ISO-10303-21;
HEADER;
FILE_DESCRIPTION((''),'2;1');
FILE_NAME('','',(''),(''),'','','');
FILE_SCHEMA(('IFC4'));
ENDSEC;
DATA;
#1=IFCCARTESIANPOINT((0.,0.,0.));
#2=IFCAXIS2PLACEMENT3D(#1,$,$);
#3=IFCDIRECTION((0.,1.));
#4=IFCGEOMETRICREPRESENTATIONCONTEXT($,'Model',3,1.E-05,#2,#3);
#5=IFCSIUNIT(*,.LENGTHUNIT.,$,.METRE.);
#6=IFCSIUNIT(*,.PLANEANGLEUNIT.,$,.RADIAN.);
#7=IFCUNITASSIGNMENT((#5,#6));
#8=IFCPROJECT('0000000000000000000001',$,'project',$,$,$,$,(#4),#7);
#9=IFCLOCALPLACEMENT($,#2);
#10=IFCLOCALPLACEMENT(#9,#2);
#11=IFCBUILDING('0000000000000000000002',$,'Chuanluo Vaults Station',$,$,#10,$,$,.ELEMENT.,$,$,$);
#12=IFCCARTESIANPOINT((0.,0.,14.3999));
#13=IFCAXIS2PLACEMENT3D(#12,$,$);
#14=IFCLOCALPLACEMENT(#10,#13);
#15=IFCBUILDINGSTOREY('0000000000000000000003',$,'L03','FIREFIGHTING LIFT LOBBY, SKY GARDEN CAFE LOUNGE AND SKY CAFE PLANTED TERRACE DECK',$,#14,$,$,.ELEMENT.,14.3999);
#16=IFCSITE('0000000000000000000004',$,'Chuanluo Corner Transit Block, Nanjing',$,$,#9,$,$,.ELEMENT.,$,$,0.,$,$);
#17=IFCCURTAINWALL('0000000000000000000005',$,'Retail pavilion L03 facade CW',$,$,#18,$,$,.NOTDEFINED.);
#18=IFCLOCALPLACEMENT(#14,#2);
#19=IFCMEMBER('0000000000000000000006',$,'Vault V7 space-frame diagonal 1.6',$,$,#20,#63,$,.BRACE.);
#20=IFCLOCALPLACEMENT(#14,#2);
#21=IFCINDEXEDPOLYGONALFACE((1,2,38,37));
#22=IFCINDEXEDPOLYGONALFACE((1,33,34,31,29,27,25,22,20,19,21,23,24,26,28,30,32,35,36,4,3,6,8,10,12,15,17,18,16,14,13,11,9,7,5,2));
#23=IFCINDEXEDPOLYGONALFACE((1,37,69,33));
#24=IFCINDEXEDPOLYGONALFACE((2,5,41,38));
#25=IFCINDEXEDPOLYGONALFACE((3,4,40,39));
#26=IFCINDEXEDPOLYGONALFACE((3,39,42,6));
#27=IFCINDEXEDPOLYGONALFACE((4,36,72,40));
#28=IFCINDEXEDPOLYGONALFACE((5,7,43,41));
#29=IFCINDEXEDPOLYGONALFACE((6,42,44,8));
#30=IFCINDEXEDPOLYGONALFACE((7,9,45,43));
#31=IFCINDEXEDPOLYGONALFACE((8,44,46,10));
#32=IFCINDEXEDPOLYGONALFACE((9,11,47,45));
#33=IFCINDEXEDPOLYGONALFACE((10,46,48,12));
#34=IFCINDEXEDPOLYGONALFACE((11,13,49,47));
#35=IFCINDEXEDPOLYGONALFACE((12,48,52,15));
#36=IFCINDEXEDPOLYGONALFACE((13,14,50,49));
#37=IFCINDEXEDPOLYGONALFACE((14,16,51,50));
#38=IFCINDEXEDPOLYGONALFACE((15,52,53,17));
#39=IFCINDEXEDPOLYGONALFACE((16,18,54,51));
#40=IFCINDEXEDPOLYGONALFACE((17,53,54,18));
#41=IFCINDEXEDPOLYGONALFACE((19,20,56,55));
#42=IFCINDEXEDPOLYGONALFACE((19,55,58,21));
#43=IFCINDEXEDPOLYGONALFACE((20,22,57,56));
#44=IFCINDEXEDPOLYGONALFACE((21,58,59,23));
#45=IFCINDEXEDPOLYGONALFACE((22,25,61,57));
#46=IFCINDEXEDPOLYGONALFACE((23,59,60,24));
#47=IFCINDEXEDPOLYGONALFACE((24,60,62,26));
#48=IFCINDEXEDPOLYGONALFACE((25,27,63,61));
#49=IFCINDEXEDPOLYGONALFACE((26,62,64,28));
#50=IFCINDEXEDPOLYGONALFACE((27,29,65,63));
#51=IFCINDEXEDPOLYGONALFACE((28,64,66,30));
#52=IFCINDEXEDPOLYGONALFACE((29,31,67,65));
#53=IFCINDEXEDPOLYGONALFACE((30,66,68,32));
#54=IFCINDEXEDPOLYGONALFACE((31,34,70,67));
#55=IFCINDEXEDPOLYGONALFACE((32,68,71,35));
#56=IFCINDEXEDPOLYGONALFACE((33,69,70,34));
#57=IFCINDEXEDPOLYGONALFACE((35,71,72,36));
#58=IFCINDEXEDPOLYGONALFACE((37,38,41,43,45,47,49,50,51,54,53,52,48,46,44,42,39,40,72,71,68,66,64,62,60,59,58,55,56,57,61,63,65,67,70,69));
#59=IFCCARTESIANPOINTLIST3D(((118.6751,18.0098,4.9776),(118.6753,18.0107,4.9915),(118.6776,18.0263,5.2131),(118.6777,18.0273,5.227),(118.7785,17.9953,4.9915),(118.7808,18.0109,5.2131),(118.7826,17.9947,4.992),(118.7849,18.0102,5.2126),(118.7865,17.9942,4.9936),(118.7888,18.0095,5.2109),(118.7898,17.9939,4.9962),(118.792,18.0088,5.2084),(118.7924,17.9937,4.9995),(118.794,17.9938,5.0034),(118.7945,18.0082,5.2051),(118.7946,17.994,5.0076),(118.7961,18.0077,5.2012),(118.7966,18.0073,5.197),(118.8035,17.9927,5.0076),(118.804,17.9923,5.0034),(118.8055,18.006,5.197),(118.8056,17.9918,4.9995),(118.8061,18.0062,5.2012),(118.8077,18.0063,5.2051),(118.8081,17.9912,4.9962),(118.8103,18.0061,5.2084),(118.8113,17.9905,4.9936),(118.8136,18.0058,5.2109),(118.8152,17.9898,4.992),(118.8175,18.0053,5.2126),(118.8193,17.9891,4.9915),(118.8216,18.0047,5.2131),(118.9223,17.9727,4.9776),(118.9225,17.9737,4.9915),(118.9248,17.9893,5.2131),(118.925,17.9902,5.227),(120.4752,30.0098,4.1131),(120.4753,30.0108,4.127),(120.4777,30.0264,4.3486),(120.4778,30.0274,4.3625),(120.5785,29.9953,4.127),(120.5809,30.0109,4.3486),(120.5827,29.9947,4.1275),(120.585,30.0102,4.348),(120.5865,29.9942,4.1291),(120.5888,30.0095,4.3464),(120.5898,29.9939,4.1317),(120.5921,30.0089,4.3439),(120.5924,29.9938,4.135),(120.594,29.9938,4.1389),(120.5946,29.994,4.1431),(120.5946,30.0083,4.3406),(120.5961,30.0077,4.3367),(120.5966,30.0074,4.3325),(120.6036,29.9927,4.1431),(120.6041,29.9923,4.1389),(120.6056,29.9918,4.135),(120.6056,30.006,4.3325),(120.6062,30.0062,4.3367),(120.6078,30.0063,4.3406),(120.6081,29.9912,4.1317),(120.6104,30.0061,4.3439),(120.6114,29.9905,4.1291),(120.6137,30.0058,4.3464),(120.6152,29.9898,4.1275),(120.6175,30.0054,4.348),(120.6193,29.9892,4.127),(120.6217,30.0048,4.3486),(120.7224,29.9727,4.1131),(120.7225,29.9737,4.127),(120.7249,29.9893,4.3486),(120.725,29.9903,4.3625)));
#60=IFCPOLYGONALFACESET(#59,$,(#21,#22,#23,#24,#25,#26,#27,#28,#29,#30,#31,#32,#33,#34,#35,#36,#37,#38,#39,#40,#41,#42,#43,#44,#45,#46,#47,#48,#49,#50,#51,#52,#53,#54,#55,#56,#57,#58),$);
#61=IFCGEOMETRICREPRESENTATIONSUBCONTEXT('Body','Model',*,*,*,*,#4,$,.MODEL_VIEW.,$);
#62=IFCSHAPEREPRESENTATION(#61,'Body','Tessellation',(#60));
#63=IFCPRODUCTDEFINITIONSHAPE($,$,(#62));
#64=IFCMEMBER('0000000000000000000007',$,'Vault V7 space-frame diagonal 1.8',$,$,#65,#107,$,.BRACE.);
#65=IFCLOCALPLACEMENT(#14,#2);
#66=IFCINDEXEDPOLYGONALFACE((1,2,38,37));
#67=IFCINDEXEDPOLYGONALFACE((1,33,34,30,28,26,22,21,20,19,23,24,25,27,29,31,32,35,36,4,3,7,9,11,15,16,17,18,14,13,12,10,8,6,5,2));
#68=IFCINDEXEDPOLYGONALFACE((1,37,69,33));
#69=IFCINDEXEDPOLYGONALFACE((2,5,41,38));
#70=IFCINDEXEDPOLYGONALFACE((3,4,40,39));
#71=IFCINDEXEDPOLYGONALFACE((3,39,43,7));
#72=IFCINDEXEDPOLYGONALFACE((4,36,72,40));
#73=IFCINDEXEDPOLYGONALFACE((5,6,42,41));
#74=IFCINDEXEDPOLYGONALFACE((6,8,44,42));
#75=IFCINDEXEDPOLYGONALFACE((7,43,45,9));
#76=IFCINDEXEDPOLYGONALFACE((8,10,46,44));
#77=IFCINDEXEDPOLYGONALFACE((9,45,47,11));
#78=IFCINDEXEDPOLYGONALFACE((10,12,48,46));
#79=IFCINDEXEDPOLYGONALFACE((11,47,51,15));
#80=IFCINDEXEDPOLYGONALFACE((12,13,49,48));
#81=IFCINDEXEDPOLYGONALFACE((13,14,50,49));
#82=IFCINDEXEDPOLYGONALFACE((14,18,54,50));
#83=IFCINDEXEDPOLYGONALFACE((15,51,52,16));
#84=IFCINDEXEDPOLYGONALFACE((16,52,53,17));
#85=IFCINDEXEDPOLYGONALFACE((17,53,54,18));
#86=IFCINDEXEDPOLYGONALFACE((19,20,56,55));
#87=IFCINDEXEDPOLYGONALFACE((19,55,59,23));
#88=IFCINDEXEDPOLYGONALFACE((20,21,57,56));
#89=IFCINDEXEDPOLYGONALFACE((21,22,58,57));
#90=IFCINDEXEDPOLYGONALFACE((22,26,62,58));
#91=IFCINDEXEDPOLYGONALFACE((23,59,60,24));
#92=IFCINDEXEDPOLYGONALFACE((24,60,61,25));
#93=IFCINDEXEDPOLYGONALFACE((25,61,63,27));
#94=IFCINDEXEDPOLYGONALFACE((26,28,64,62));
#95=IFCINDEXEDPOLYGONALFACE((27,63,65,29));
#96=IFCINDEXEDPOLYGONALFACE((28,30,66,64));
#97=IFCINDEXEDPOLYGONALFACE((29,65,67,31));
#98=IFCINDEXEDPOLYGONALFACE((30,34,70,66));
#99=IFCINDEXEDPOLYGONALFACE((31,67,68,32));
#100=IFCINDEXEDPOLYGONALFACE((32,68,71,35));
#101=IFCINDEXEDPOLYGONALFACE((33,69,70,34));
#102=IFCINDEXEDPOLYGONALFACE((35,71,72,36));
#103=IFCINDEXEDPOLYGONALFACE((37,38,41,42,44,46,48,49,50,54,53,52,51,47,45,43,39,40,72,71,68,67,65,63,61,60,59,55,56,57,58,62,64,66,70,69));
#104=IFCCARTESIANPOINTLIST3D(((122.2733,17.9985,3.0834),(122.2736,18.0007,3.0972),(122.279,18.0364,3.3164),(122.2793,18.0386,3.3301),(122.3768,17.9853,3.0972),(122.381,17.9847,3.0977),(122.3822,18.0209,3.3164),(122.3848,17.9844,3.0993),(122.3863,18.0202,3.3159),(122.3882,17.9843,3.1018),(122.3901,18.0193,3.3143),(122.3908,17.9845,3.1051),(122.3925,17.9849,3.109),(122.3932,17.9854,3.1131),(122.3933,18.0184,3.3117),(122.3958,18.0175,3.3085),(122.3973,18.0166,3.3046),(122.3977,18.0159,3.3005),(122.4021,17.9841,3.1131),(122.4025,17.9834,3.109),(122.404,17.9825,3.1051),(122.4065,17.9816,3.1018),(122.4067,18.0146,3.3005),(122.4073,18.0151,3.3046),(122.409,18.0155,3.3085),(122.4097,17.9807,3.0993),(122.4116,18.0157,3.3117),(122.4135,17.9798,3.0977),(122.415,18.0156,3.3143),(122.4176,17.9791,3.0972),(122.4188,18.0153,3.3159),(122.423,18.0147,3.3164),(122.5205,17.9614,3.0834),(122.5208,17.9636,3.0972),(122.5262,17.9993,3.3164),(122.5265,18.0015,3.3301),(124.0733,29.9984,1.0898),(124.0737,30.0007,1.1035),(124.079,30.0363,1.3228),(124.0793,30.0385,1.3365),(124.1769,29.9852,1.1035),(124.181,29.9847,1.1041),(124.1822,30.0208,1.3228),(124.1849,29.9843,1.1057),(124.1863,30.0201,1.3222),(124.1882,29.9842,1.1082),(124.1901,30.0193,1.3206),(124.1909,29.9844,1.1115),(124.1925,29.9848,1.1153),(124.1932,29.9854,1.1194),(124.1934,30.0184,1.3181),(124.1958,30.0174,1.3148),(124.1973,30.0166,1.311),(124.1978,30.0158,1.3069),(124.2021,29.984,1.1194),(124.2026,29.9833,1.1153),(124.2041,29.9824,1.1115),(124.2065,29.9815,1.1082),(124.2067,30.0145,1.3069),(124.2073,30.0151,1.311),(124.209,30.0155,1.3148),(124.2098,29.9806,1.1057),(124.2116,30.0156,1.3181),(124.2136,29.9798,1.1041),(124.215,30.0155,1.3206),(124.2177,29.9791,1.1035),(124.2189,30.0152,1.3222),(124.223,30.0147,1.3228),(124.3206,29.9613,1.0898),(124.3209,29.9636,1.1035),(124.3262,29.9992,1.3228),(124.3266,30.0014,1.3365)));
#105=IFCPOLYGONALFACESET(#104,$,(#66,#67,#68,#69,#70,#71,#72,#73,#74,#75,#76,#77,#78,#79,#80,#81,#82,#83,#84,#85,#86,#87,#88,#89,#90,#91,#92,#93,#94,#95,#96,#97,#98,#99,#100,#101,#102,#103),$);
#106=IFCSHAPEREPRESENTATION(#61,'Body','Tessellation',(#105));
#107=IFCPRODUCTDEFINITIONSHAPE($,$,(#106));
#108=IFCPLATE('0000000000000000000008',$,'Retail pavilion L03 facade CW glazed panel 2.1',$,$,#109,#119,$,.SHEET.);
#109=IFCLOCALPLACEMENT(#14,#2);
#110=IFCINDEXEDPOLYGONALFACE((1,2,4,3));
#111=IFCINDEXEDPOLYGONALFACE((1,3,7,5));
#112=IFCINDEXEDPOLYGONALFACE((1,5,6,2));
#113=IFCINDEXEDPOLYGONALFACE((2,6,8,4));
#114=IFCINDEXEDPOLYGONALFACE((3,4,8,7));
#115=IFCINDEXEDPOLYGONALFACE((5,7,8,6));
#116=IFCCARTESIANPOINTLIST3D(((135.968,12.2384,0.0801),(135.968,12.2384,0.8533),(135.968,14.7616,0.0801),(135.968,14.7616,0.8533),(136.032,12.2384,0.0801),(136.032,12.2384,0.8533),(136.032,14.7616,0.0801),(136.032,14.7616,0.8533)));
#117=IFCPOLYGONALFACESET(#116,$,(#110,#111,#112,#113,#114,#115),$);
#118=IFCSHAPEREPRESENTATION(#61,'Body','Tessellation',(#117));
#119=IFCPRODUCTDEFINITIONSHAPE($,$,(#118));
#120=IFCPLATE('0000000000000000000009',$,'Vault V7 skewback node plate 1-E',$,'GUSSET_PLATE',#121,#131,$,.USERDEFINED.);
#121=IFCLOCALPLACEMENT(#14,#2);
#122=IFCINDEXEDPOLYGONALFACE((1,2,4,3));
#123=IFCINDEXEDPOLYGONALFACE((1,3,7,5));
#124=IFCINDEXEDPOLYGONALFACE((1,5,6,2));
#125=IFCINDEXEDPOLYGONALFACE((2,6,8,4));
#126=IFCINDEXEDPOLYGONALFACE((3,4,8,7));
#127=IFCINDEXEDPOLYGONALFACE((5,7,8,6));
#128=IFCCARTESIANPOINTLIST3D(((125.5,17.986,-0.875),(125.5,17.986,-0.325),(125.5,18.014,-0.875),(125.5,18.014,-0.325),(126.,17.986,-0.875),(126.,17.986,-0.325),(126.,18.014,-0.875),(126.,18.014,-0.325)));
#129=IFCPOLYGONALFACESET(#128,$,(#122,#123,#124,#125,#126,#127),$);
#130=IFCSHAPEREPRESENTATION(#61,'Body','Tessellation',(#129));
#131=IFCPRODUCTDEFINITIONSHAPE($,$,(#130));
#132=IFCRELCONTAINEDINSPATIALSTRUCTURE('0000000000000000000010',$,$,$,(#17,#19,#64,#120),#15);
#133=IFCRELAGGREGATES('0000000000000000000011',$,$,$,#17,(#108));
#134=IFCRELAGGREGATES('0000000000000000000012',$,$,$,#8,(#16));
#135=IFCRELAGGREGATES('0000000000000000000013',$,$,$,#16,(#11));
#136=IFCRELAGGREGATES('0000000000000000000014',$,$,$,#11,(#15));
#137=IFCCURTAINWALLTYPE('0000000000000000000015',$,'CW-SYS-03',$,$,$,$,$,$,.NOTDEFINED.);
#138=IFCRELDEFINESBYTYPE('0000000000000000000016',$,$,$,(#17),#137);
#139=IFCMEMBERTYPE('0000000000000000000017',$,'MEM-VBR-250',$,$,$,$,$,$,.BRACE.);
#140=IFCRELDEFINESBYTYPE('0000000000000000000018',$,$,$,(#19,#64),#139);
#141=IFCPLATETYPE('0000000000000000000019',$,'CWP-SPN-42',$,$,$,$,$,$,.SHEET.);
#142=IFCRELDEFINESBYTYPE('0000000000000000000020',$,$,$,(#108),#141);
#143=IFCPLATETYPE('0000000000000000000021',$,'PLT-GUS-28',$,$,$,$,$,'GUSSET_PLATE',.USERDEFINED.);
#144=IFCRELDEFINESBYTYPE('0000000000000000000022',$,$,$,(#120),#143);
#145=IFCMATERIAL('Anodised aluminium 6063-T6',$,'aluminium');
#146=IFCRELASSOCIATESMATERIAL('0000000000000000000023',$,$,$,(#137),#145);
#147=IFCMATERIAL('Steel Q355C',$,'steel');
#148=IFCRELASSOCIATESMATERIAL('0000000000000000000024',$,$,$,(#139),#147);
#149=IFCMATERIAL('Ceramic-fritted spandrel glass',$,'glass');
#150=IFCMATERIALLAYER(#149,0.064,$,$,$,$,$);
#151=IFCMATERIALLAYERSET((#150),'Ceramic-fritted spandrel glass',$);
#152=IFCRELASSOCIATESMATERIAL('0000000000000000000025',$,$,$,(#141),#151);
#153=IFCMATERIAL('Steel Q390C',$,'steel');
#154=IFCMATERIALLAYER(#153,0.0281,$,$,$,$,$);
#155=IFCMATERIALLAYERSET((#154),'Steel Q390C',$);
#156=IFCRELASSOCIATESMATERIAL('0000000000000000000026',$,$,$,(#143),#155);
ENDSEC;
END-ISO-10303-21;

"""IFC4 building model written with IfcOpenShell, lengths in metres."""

from ifc_helpers import new_model, si_unit, direction, frame, origin, origin_2d, place, context, subcontext, project, spatial, rectangle, i_section, extrude, material, layer, layer_set, material_profile, profile_set, type_object, element, aggregate, save


model = new_model("IFC4")

# Units and contexts
model_context = context("Model", 3, precision=1e-05, world=origin(), true_north=direction((0.0, 1.0)))
body_context = subcontext(model_context, "Body", "Model", "MODEL_VIEW")
ifc_project = project(units=[si_unit("LENGTHUNIT", "METRE"), si_unit("PLANEANGLEUNIT", "RADIAN")], contexts=[model_context])

# Site, building, storey
site_placement = place(None, origin())
site = spatial("IfcSite", under=ifc_project, at=site_placement, Name="Chuanluo Corner Transit Block, Nanjing", CompositionType="ELEMENT", RefElevation=0.0)
building_placement = place(site_placement, origin())
building = spatial("IfcBuilding", under=site, at=building_placement, Name="Chuanluo Vaults Station", CompositionType="ELEMENT")
storey_placement = place(building_placement, frame((0.0, 0.0, 14.3999)))
storey = spatial("IfcBuildingStorey", under=building, at=storey_placement, Name="L03", Description="FIREFIGHTING LIFT LOBBY, SKY GARDEN CAFE LOUNGE AND SKY CAFE PLANTED TERRACE DECK", CompositionType="ELEMENT", Elevation=14.3999)

# Curtain wall
ifc_material_1 = material(Name="Anodised aluminium 6063-T6", Category="aluminium")
curtain_wall_type = type_object("IfcCurtainWallType", Name="CW-SYS-03", PredefinedType="NOTDEFINED", material=ifc_material_1)
curtain_wall_placement = place(storey_placement, origin())
curtain_wall = element("IfcCurtainWall", 1, at=curtain_wall_placement, inside=storey, type_object=curtain_wall_type, Name="Retail pavilion L03 facade CW", PredefinedType="NOTDEFINED")

# Members
ifc_material_2 = material(Name="Steel Q355C", Category="steel")
ifc_material_profile_1 = material_profile(ifc_material_2, i_section(OverallWidth=0.25, OverallDepth=0.25, WebThickness=0.009, FlangeThickness=0.0139, FilletRadius=0.0161, at=origin_2d()))
ifc_profile_set_1 = profile_set([ifc_material_profile_1], Name="Steel Q355C")
member_type_1 = type_object("IfcMemberType", Name="MEM-VBR-250", PredefinedType="BRACE", material=ifc_profile_set_1)
member_1_placement = place(storey_placement, frame((118.8, 18.0, 5.1023), z_axis=(0.147969, 0.986435, -0.071065), x_axis=(-0.988936, 0.148344, 0.0)))
element("IfcMember", 2, at=member_1_placement, inside=storey, type_object=member_type_1, Name="Vault V7 space-frame diagonal 1.6", PredefinedType="BRACE", context=body_context, shape_type="SweptSolid", body=[
    extrude(i_section(OverallWidth=0.25, OverallDepth=0.25, WebThickness=0.009, FlangeThickness=0.0139, FilletRadius=0.0161, at=origin_2d()), origin(), (0.0, 0.0, 1.0), 12.165),
])
member_2_placement = place(storey_placement, frame((122.3999, 18.0, 3.2068), z_axis=(0.146382, 0.975852, -0.162126), x_axis=(-0.988936, 0.148344, 0.0)))
element("IfcMember", 3, at=member_2_placement, inside=storey, type_object=member_type_1, Name="Vault V7 space-frame diagonal 1.8", PredefinedType="BRACE", context=body_context, shape_type="SweptSolid", body=[
    extrude(i_section(OverallWidth=0.25, OverallDepth=0.25, WebThickness=0.009, FlangeThickness=0.0139, FilletRadius=0.0161, at=origin_2d()), origin(), (0.0, 0.0, 1.0), 12.2969),
])

# Plates
ifc_material_3 = material(Name="Ceramic-fritted spandrel glass", Category="glass")
ifc_layer_1 = layer(ifc_material_3, 0.064)
ifc_layer_set_1 = layer_set([ifc_layer_1], Name="Ceramic-fritted spandrel glass")
plate_type_1 = type_object("IfcPlateType", Name="CWP-SPN-42", PredefinedType="SHEET", material=ifc_layer_set_1)
plate_1_placement = place(storey_placement, frame((136.0, 13.5, 0.0801), z_axis=(0.0, 0.0, 1.0), x_axis=(0.0, 1.0, 0.0)))
plate_1 = element("IfcPlate", 4, at=plate_1_placement, type_object=plate_type_1, Name="Retail pavilion L03 facade CW glazed panel 2.1", PredefinedType="SHEET", context=body_context, shape_type="SweptSolid", body=[
    extrude(rectangle(XDim=2.5232, YDim=0.064, at=origin_2d()), origin(), (0.0, 0.0, 1.0), 0.7732),
])
aggregate(curtain_wall, [plate_1])
ifc_material_4 = material(Name="Steel Q390C", Category="steel")
ifc_layer_2 = layer(ifc_material_4, 0.0281)
ifc_layer_set_2 = layer_set([ifc_layer_2], Name="Steel Q390C")
plate_type_2 = type_object("IfcPlateType", Name="PLT-GUS-28", ElementType="GUSSET_PLATE", PredefinedType="USERDEFINED", material=ifc_layer_set_2)
plate_2_placement = place(storey_placement, frame((125.75, 18.0, -0.875), z_axis=(0.0, 0.0, 1.0), x_axis=(1.0, 0.0, 0.0)))
element("IfcPlate", 5, at=plate_2_placement, inside=storey, type_object=plate_type_2, Name="Vault V7 skewback node plate 1-E", ObjectType="GUSSET_PLATE", PredefinedType="USERDEFINED", context=body_context, shape_type="SweptSolid", body=[
    extrude(rectangle(XDim=0.5, YDim=0.0281, at=origin_2d()), origin(), (0.0, 0.0, 1.0), 0.55),
])

save(model, "model.ifc")
